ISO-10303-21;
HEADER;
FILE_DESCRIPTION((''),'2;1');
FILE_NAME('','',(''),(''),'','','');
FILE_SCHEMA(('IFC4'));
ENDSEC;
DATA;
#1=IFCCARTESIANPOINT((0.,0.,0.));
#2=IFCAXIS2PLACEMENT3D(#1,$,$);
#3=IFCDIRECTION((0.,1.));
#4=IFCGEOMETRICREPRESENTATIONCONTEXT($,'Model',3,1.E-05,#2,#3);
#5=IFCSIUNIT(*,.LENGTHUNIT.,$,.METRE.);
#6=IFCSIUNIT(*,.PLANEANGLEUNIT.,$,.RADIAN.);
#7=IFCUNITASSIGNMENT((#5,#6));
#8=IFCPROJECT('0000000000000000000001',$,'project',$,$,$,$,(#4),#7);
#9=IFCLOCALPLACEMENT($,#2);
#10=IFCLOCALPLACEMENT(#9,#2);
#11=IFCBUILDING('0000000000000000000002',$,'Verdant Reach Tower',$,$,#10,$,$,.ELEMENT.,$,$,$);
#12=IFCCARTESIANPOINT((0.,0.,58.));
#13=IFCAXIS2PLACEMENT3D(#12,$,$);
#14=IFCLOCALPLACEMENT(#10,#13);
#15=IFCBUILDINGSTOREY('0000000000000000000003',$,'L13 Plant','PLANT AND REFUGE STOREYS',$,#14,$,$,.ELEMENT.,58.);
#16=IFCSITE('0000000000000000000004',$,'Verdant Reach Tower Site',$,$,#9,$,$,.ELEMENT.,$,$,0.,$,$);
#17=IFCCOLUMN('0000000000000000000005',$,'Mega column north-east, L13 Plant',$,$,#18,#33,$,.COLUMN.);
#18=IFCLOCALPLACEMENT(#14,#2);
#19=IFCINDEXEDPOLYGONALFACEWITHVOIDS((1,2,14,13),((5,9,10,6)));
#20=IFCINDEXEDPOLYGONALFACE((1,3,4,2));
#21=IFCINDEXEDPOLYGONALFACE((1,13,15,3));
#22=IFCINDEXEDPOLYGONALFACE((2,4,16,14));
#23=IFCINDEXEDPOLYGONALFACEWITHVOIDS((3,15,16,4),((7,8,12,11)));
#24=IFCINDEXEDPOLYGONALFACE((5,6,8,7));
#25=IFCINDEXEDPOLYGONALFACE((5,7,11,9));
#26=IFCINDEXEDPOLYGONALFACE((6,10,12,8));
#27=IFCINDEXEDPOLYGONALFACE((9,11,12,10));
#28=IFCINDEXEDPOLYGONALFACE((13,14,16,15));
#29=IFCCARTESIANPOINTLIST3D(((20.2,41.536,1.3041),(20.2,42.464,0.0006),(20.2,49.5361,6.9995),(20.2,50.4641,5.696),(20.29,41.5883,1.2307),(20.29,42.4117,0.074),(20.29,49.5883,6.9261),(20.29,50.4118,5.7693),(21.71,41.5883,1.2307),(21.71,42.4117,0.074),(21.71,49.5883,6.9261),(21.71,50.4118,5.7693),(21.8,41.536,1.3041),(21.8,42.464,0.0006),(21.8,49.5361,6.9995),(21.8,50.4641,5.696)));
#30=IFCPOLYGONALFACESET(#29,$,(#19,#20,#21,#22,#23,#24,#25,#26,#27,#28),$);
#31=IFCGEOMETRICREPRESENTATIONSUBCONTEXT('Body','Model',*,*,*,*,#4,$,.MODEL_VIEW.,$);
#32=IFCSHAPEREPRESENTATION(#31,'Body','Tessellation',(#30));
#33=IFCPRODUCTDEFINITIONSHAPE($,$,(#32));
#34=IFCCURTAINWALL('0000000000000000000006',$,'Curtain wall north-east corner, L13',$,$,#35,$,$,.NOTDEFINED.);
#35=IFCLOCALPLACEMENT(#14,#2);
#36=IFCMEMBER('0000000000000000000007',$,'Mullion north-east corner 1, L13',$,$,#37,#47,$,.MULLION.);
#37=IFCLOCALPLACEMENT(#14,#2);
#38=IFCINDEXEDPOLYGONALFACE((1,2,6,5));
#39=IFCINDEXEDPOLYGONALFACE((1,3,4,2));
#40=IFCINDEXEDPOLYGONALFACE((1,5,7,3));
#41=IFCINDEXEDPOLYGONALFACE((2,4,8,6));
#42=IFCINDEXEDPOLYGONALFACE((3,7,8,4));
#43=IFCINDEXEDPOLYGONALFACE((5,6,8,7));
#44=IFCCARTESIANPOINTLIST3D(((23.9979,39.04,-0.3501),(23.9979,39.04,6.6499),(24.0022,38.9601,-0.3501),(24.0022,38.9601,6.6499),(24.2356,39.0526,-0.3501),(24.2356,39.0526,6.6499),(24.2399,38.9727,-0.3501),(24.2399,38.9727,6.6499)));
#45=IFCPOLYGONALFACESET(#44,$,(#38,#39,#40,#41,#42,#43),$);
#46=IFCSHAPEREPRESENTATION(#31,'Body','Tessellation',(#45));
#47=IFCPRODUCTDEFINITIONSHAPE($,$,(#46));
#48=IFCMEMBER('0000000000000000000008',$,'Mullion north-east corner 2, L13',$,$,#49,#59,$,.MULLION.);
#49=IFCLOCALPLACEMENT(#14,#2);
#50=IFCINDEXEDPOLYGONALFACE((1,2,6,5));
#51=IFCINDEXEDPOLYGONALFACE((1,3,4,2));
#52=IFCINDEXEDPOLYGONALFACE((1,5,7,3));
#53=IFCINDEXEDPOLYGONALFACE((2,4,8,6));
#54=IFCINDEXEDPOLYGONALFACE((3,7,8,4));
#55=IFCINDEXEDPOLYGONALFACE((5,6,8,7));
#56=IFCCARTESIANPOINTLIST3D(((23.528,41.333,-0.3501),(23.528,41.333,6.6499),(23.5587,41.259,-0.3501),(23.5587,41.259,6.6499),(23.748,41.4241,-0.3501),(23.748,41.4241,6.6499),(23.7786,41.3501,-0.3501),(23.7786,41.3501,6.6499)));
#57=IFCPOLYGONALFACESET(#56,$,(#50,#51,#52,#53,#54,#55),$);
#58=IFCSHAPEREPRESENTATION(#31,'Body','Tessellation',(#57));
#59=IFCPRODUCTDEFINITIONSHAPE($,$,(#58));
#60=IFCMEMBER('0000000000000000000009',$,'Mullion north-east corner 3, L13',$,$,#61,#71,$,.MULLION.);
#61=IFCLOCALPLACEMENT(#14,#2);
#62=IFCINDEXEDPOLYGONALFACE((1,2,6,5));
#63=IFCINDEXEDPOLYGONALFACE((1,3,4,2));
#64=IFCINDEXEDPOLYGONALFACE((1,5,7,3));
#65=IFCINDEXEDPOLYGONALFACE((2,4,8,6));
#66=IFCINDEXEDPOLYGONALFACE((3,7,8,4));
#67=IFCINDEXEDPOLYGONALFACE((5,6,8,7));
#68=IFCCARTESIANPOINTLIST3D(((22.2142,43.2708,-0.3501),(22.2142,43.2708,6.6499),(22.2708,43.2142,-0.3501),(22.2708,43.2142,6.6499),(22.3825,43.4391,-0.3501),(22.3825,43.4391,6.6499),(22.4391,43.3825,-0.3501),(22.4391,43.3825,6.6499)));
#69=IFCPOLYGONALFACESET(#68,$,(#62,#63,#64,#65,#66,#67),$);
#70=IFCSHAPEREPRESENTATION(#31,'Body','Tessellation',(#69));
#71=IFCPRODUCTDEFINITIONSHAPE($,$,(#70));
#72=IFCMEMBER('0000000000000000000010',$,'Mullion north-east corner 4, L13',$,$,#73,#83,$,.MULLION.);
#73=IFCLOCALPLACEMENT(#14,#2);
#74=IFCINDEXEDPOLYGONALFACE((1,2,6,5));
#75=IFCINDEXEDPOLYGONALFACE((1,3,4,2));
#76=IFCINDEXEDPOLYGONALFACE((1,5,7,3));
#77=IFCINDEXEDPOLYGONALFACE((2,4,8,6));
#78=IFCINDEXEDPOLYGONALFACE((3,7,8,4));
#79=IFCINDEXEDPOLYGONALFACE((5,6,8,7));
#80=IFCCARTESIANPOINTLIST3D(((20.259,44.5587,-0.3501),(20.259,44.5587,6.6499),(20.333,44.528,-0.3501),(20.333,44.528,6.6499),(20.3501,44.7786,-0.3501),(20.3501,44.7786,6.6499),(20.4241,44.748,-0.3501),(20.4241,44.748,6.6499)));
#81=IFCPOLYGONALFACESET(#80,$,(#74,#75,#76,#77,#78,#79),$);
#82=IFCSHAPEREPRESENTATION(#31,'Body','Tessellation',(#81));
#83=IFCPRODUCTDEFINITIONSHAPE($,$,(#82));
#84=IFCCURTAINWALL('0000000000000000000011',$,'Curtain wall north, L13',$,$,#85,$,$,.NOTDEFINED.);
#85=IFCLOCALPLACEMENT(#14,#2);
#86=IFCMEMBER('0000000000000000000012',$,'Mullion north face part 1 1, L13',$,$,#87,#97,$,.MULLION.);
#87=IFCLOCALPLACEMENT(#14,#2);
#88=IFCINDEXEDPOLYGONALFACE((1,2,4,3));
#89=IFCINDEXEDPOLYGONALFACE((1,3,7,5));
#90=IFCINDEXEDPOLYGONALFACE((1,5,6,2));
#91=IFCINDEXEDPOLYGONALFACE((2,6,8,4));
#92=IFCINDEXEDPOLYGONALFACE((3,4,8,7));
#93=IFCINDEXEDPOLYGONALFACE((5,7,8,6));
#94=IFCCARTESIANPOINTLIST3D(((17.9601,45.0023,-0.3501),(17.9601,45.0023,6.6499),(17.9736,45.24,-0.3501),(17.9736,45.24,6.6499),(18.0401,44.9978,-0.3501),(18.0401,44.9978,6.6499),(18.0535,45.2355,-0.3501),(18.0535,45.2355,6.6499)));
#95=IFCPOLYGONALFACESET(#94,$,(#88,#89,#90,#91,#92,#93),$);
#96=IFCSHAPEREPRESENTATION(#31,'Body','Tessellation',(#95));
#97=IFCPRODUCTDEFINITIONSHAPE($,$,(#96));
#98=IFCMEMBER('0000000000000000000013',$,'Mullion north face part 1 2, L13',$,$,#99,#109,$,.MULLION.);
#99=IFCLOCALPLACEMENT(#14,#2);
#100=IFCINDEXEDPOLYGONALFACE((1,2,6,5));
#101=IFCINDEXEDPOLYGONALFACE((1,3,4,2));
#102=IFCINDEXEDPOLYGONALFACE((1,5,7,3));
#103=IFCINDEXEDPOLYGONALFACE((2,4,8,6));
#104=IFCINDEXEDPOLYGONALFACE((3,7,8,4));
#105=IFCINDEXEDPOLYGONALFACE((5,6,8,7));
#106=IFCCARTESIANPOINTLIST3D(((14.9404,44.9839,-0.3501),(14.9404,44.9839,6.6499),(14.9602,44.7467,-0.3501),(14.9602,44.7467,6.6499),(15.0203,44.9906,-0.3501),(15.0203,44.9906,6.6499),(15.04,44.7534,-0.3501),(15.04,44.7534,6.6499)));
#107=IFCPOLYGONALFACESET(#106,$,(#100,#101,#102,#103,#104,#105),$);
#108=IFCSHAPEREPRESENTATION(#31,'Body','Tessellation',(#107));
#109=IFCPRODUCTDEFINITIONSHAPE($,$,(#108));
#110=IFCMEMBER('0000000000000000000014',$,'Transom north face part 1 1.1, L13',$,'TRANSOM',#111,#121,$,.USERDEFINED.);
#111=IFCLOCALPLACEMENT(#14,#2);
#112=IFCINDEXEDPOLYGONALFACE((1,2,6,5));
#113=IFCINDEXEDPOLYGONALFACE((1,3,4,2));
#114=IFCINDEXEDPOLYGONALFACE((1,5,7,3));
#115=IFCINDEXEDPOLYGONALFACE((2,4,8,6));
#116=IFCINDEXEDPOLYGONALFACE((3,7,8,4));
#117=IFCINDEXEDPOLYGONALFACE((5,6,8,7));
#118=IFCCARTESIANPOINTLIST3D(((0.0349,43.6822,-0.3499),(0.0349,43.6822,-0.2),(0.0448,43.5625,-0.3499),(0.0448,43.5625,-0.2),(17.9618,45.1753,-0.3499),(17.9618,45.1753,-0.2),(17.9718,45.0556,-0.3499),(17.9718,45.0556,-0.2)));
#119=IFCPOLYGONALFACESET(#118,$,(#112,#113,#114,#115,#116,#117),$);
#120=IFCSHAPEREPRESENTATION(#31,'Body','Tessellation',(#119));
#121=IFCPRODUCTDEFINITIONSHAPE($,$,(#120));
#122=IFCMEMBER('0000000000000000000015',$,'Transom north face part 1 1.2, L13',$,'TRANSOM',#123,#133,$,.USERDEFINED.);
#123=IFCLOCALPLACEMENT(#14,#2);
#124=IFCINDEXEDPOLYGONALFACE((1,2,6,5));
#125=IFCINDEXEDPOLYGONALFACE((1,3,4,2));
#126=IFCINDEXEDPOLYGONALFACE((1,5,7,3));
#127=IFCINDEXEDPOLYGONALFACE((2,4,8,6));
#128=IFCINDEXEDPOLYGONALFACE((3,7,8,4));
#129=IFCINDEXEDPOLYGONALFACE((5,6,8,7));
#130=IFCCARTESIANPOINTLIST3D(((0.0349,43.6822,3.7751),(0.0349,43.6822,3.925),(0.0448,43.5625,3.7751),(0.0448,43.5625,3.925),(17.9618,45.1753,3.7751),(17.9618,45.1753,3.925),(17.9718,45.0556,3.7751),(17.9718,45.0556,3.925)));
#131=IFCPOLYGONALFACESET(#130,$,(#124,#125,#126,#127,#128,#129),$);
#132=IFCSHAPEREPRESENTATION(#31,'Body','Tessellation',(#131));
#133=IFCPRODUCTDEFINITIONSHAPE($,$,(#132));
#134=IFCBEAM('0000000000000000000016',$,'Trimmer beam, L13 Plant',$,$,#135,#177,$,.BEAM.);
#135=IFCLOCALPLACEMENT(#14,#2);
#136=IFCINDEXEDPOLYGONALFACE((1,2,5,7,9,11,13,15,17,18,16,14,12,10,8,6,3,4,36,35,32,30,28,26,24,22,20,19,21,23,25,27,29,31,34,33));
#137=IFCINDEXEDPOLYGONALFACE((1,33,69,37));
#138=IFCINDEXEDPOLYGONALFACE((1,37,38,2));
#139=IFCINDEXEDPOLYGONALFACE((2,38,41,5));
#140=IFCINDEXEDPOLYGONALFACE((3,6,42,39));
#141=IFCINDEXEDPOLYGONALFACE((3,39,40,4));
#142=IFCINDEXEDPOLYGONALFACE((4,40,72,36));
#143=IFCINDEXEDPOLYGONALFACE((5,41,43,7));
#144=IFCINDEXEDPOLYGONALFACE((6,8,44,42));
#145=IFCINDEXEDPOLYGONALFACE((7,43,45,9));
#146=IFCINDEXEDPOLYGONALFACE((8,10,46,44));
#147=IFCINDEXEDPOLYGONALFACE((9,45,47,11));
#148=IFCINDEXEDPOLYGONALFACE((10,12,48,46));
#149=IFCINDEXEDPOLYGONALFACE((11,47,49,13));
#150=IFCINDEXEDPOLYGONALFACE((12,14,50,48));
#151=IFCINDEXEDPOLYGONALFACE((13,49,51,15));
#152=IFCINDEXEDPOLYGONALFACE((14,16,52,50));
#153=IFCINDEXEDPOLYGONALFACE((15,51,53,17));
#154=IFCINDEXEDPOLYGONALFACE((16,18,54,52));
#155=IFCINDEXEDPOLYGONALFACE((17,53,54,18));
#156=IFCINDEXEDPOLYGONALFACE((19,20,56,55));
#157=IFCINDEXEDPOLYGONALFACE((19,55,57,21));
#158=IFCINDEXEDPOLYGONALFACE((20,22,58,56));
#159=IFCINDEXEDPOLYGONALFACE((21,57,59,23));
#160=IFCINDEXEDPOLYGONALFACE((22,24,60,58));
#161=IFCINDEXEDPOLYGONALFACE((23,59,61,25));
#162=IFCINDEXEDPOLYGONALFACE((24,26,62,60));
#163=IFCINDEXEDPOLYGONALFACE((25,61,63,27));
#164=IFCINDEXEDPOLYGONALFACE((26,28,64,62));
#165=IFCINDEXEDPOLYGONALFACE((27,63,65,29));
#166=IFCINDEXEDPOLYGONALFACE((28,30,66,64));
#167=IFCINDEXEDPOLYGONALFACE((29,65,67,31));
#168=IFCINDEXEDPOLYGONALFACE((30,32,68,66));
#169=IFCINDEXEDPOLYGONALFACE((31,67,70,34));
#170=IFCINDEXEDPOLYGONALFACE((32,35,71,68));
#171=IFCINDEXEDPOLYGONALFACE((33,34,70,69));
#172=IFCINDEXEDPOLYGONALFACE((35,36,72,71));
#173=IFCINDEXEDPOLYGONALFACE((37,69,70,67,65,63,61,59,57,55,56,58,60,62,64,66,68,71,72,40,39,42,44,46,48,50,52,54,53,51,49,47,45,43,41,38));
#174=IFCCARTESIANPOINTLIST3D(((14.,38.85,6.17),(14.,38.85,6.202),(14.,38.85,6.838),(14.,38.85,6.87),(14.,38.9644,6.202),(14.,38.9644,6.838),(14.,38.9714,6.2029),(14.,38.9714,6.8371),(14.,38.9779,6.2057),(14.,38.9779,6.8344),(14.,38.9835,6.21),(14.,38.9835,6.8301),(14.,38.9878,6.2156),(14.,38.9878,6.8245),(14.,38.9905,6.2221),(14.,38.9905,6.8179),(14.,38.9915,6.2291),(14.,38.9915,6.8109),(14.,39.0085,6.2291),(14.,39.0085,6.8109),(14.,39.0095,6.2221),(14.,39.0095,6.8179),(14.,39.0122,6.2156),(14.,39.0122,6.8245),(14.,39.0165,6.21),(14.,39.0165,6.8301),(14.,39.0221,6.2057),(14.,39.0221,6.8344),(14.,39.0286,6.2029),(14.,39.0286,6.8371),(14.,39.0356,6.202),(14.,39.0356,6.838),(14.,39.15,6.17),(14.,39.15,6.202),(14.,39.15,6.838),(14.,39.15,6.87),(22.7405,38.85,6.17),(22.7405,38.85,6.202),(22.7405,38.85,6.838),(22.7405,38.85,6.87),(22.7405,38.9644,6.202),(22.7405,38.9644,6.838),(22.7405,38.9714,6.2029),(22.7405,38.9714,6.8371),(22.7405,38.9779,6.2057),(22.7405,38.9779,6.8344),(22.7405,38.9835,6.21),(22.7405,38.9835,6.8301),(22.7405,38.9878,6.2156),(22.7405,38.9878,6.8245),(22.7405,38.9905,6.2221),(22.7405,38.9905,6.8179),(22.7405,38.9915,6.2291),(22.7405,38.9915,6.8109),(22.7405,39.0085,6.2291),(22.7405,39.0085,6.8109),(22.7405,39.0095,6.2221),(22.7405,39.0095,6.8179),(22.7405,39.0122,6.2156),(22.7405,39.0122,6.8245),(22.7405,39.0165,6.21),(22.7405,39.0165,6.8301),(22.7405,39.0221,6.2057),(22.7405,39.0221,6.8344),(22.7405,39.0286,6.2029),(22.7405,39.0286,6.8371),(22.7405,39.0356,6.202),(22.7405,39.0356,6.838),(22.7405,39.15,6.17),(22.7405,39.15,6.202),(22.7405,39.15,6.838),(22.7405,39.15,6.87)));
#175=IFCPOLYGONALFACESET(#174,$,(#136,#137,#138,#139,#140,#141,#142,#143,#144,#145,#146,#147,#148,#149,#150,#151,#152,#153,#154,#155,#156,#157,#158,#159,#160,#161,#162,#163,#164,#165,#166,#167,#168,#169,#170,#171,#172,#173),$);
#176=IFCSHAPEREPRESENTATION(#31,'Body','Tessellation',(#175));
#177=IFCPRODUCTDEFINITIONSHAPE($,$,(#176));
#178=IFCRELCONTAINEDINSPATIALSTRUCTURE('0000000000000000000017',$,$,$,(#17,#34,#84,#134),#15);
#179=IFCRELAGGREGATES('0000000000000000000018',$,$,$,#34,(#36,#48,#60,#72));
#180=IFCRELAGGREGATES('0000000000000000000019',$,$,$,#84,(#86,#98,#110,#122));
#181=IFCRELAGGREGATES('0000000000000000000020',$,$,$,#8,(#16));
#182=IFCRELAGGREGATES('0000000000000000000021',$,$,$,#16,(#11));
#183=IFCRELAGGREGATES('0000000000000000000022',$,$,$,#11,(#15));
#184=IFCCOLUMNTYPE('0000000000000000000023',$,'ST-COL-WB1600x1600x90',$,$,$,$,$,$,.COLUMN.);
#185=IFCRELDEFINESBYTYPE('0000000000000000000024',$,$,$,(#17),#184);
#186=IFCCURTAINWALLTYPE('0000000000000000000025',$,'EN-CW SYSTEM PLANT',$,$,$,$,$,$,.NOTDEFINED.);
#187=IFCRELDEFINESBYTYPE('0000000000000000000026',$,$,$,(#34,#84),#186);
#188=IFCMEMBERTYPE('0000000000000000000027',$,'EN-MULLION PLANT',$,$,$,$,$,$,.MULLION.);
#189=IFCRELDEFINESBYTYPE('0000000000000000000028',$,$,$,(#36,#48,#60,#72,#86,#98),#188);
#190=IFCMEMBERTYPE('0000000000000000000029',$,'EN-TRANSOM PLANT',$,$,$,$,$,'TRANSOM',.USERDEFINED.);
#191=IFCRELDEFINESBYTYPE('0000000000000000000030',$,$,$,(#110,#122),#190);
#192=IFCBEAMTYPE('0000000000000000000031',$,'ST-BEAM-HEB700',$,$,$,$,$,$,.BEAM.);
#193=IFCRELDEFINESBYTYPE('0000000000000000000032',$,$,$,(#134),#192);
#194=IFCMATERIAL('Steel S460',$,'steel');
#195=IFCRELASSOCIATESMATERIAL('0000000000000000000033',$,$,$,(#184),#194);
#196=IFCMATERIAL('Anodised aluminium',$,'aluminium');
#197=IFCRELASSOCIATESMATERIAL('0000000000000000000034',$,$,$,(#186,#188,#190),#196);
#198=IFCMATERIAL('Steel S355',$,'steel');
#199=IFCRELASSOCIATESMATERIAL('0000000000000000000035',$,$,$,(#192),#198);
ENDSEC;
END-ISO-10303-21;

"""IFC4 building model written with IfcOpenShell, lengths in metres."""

from ifc_helpers import new_model, si_unit, direction, frame, origin, origin_2d, place, context, subcontext, project, spatial, rectangle, hollow_rectangle, i_section, extrude, material, material_profile, profile_set, type_object, element, aggregate, save


model = new_model("IFC4")

# Units and contexts
model_context = context("Model", 3, precision=1e-05, world=origin(), true_north=direction((0.0, 1.0)))
body_context = subcontext(model_context, "Body", "Model", "MODEL_VIEW")
ifc_project = project(units=[si_unit("LENGTHUNIT", "METRE"), si_unit("PLANEANGLEUNIT", "RADIAN")], contexts=[model_context])

# Site, building, storey
site_placement = place(None, origin())
site = spatial("IfcSite", under=ifc_project, at=site_placement, Name="Verdant Reach Tower Site", CompositionType="ELEMENT", RefElevation=0.0)
building_placement = place(site_placement, origin())
building = spatial("IfcBuilding", under=site, at=building_placement, Name="Verdant Reach Tower", CompositionType="ELEMENT")
storey_placement = place(building_placement, frame((0.0, 0.0, 58.0)))
storey = spatial("IfcBuildingStorey", under=building, at=storey_placement, Name="L13 Plant", Description="PLANT AND REFUGE STOREYS", CompositionType="ELEMENT", Elevation=58.0)

# Column
ifc_material_1 = material(Name="Steel S460", Category="steel")
ifc_material_profile_1 = material_profile(ifc_material_1, hollow_rectangle(XDim=1.6001, YDim=1.6001, WallThickness=0.0901, at=origin_2d()), Name="WB 1600x1600x90")
ifc_profile_set_1 = profile_set([ifc_material_profile_1], Name="Steel S460")
column_type = type_object("IfcColumnType", Name="ST-COL-WB1600x1600x90", PredefinedType="COLUMN", material=ifc_profile_set_1)
column_placement = place(storey_placement, frame((21.0, 42.0, 0.6523), z_axis=(0.0, 0.814646, 0.579958), x_axis=(-1.0, 0.0, 0.0)))
element("IfcColumn", 1, at=column_placement, inside=storey, type_object=column_type, Name="Mega column north-east, L13 Plant", PredefinedType="COLUMN", context=body_context, shape_type="SweptSolid", body=[
    extrude(hollow_rectangle(XDim=1.6001, YDim=1.6001, WallThickness=0.0901, at=origin_2d()), origin(), (0.0, 0.0, 1.0), 9.8203),
])

# Curtain walls, members
ifc_material_2 = material(Name="Anodised aluminium", Category="aluminium")
curtain_wall_type = type_object("IfcCurtainWallType", Name="EN-CW SYSTEM PLANT", PredefinedType="NOTDEFINED", material=ifc_material_2)
curtain_wall_1_placement = place(storey_placement, origin())
curtain_wall_1 = element("IfcCurtainWall", 2, at=curtain_wall_1_placement, inside=storey, type_object=curtain_wall_type, Name="Curtain wall north-east corner, L13", PredefinedType="NOTDEFINED")
ifc_material_profile_2 = material_profile(ifc_material_2, rectangle(XDim=0.238, YDim=0.0801, at=origin_2d()), Name="Mullion 80x240")
ifc_profile_set_2 = profile_set([ifc_material_profile_2], Name="Anodised aluminium")
member_type_1 = type_object("IfcMemberType", Name="EN-MULLION PLANT", PredefinedType="MULLION", material=ifc_profile_set_2)
member_1_placement = place(storey_placement, frame((24.1189, 39.0063, -0.3501), z_axis=(0.0, 0.0, 1.0), x_axis=(0.998604, 0.052815, 0.0)))
member_1 = element("IfcMember", 3, at=member_1_placement, type_object=member_type_1, Name="Mullion north-east corner 1, L13", PredefinedType="MULLION", context=body_context, shape_type="SweptSolid", body=[
    extrude(rectangle(XDim=0.238, YDim=0.0801, at=origin_2d()), origin(), (0.0, 0.0, 1.0), 7.0),
])
member_2_placement = place(storey_placement, frame((23.6533, 41.3416, -0.3501), z_axis=(0.0, 0.0, 1.0), x_axis=(0.923875, 0.382694, 0.0)))
member_2 = element("IfcMember", 4, at=member_2_placement, type_object=member_type_1, Name="Mullion north-east corner 2, L13", PredefinedType="MULLION", context=body_context, shape_type="SweptSolid", body=[
    extrude(rectangle(XDim=0.238, YDim=0.0801, at=origin_2d()), origin(), (0.0, 0.0, 1.0), 7.0),
])
member_3_placement = place(storey_placement, frame((22.3267, 43.3267, -0.3501), z_axis=(0.0, 0.0, 1.0), x_axis=(0.707107, 0.707107, 0.0)))
member_3 = element("IfcMember", 5, at=member_3_placement, type_object=member_type_1, Name="Mullion north-east corner 3, L13", PredefinedType="MULLION", context=body_context, shape_type="SweptSolid", body=[
    extrude(rectangle(XDim=0.238, YDim=0.0801, at=origin_2d()), origin(), (0.0, 0.0, 1.0), 7.0),
])
member_4_placement = place(storey_placement, frame((20.3416, 44.6533, -0.3501), z_axis=(0.0, 0.0, 1.0), x_axis=(0.382694, 0.923875, 0.0)))
member_4 = element("IfcMember", 6, at=member_4_placement, type_object=member_type_1, Name="Mullion north-east corner 4, L13", PredefinedType="MULLION", context=body_context, shape_type="SweptSolid", body=[
    extrude(rectangle(XDim=0.238, YDim=0.0801, at=origin_2d()), origin(), (0.0, 0.0, 1.0), 7.0),
])
curtain_wall_2_placement = place(storey_placement, origin())
curtain_wall_2 = element("IfcCurtainWall", 7, at=curtain_wall_2_placement, inside=storey, type_object=curtain_wall_type, Name="Curtain wall north, L13", PredefinedType="NOTDEFINED")
member_5_placement = place(storey_placement, frame((18.0068, 45.1189, -0.3501), z_axis=(0.0, 0.0, 1.0), x_axis=(0.056569, 0.998399, 0.0)))
member_5 = element("IfcMember", 8, at=member_5_placement, type_object=member_type_1, Name="Mullion north face part 1 1, L13", PredefinedType="MULLION", context=body_context, shape_type="SweptSolid", body=[
    extrude(rectangle(XDim=0.238, YDim=0.0801, at=origin_2d()), origin(), (0.0, 0.0, 1.0), 7.0),
])
member_6_placement = place(storey_placement, frame((14.9902, 44.8687, -0.3501), z_axis=(0.0, 0.0, 1.0), x_axis=(-0.083045, 0.996546, 0.0)))
member_6 = element("IfcMember", 9, at=member_6_placement, type_object=member_type_1, Name="Mullion north face part 1 2, L13", PredefinedType="MULLION", context=body_context, shape_type="SweptSolid", body=[
    extrude(rectangle(XDim=0.238, YDim=0.0801, at=origin_2d()), origin(), (0.0, 0.0, 1.0), 7.0),
])
ifc_material_profile_3 = material_profile(ifc_material_2, rectangle(XDim=0.1201, YDim=0.1499, at=origin_2d()), Name="Transom 150x120")
ifc_profile_set_3 = profile_set([ifc_material_profile_3], Name="Anodised aluminium")
member_type_2 = type_object("IfcMemberType", Name="EN-TRANSOM PLANT", ElementType="TRANSOM", PredefinedType="USERDEFINED", material=ifc_profile_set_3)
member_7_placement = place(storey_placement, frame((17.9668, 45.1155, -0.2749), z_axis=(-0.996549, -0.083004, 0.0), x_axis=(0.083004, -0.996549, 0.0)))
member_7 = element("IfcMember", 10, at=member_7_placement, type_object=member_type_2, Name="Transom north face part 1 1.1, L13", ObjectType="TRANSOM", PredefinedType="USERDEFINED", context=body_context, shape_type="SweptSolid", body=[
    extrude(rectangle(XDim=0.1201, YDim=0.1499, at=origin_2d()), origin(), (0.0, 0.0, 1.0), 17.989),
])
member_8_placement = place(storey_placement, frame((17.9668, 45.1155, 3.8501), z_axis=(-0.996549, -0.083004, 0.0), x_axis=(0.083004, -0.996549, 0.0)))
member_8 = element("IfcMember", 11, at=member_8_placement, type_object=member_type_2, Name="Transom north face part 1 1.2, L13", ObjectType="TRANSOM", PredefinedType="USERDEFINED", context=body_context, shape_type="SweptSolid", body=[
    extrude(rectangle(XDim=0.1201, YDim=0.1499, at=origin_2d()), origin(), (0.0, 0.0, 1.0), 17.989),
])

# Beam
ifc_material_3 = material(Name="Steel S355", Category="steel")
ifc_material_profile_4 = material_profile(ifc_material_3, i_section(OverallWidth=0.3, OverallDepth=0.7, WebThickness=0.0171, FlangeThickness=0.032, FilletRadius=0.0271, at=origin_2d()), Name="HEB 700")
ifc_profile_set_4 = profile_set([ifc_material_profile_4], Name="Steel S355")
beam_type_1 = type_object("IfcBeamType", Name="ST-BEAM-HEB700", PredefinedType="BEAM", material=ifc_profile_set_4)
beam_1_placement = place(storey_placement, frame((14.0, 39.0, 6.52), z_axis=(1.0, 0.0, 0.0), x_axis=(0.0, 1.0, 0.0)))
element("IfcBeam", 12, at=beam_1_placement, inside=storey, type_object=beam_type_1, Name="Trimmer beam, L13 Plant", PredefinedType="BEAM", context=body_context, shape_type="SweptSolid", body=[
    extrude(i_section(OverallWidth=0.3, OverallDepth=0.7, WebThickness=0.0171, FlangeThickness=0.032, FilletRadius=0.0271, at=origin_2d()), origin(), (0.0, 0.0, 1.0), 8.7405),
])

aggregate(curtain_wall_1, [member_1, member_2, member_3, member_4])
aggregate(curtain_wall_2, [member_5, member_6, member_7, member_8])

save(model, "model.ifc")
